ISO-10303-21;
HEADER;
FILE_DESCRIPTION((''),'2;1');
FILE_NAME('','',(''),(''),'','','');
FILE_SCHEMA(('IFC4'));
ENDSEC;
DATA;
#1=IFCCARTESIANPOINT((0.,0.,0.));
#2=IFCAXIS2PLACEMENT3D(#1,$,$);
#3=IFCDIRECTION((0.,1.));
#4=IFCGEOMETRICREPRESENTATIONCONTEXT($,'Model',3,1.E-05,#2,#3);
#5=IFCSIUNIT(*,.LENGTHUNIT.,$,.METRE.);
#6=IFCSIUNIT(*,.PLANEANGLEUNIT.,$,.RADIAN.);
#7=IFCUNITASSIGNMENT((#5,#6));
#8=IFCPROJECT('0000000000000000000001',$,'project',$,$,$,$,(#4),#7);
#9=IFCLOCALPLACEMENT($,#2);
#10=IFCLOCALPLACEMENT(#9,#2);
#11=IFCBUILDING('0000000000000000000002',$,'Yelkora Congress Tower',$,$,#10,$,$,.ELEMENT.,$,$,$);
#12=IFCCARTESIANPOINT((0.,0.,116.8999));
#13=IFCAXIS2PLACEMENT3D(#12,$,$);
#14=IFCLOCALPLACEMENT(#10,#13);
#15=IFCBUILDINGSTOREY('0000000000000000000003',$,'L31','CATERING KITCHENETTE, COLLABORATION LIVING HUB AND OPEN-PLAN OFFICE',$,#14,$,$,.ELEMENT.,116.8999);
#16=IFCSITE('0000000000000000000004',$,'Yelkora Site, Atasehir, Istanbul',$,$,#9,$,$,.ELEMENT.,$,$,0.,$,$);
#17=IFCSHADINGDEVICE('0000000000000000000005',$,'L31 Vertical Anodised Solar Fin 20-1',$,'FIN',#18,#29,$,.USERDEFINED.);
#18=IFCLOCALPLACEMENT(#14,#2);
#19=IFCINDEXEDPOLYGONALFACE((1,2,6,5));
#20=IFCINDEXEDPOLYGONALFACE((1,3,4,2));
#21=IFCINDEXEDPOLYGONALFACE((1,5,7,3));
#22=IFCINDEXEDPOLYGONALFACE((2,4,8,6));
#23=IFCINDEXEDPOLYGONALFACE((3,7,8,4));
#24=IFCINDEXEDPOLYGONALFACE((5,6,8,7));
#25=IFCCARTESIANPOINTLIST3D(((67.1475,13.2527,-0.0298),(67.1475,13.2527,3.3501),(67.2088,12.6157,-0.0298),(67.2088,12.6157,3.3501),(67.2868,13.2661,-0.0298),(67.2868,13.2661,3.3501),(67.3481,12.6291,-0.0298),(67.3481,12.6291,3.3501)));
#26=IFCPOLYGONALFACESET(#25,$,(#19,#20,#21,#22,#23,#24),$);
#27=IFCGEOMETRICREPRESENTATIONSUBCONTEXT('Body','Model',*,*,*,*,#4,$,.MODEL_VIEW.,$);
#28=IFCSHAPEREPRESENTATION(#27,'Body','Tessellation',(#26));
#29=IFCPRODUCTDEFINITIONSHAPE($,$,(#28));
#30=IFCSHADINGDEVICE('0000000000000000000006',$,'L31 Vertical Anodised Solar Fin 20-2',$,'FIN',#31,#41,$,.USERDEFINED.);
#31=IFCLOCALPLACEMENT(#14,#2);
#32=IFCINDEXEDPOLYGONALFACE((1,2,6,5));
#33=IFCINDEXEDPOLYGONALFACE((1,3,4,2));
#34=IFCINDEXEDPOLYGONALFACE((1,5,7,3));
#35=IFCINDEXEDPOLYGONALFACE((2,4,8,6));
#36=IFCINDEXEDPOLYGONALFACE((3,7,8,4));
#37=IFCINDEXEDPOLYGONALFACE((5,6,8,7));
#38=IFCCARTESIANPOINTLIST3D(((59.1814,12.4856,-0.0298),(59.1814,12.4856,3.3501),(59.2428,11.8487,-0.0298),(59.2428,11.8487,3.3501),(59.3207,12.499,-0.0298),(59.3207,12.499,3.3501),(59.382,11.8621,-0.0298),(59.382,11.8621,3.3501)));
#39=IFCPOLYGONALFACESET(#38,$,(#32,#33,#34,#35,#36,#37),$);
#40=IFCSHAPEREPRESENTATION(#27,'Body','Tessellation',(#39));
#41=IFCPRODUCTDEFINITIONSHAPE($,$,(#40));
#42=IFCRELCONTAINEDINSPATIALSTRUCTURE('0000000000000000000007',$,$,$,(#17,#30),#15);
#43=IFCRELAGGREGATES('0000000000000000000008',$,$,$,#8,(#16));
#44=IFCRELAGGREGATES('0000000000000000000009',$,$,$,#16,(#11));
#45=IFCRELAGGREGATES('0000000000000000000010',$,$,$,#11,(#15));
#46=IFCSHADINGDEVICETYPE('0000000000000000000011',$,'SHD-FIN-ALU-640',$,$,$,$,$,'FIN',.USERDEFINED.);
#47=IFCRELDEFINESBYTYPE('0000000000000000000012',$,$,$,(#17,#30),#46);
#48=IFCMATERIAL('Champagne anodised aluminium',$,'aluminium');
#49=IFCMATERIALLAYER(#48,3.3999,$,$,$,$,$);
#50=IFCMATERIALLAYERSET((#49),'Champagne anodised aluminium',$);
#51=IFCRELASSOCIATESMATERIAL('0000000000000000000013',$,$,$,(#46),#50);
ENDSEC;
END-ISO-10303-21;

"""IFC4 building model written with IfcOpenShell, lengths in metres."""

from ifc_helpers import new_model, si_unit, direction, frame, origin, origin_2d, place, context, subcontext, project, spatial, rectangle, extrude, material, layer, layer_set, type_object, element, save


model = new_model("IFC4")

# Units and contexts
model_context = context("Model", 3, precision=1e-05, world=origin(), true_north=direction((0.0, 1.0)))
body_context = subcontext(model_context, "Body", "Model", "MODEL_VIEW")
ifc_project = project(units=[si_unit("LENGTHUNIT", "METRE"), si_unit("PLANEANGLEUNIT", "RADIAN")], contexts=[model_context])

# Site, building, storey
site_placement = place(None, origin())
site = spatial("IfcSite", under=ifc_project, at=site_placement, Name="Yelkora Site, Atasehir, Istanbul", CompositionType="ELEMENT", RefElevation=0.0)
building_placement = place(site_placement, origin())
building = spatial("IfcBuilding", under=site, at=building_placement, Name="Yelkora Congress Tower", CompositionType="ELEMENT")
storey_placement = place(building_placement, frame((0.0, 0.0, 116.8999)))
storey = spatial("IfcBuildingStorey", under=building, at=storey_placement, Name="L31", Description="CATERING KITCHENETTE, COLLABORATION LIVING HUB AND OPEN-PLAN OFFICE", CompositionType="ELEMENT", Elevation=116.8999)

# Shading devices
ifc_material_1 = material(Name="Champagne anodised aluminium", Category="aluminium")
ifc_layer_1 = layer(ifc_material_1, 3.3999)
ifc_layer_set_1 = layer_set([ifc_layer_1], Name="Champagne anodised aluminium")
shading_device_type = type_object("IfcShadingDeviceType", Name="SHD-FIN-ALU-640", ElementType="FIN", PredefinedType="USERDEFINED", material=ifc_layer_set_1)
for number, where, z_axis, x_axis, name in (
    (1, (67.2478, 12.9409, -0.0298), (0.0, 0.0, 1.0), (-0.995396, -0.095846, 0.0), "L31 Vertical Anodised Solar Fin 20-1"),
    (2, (59.2817, 12.1738, -0.0298), (0.0, 0.0, 1.0), (-0.995396, -0.095846, 0.0), "L31 Vertical Anodised Solar Fin 20-2"),
):
    element("IfcShadingDevice", number, at=place(storey_placement, frame(where, z_axis=z_axis, x_axis=x_axis)), inside=storey, type_object=shading_device_type, Name=name, ObjectType="FIN", PredefinedType="USERDEFINED", context=body_context, shape_type="SweptSolid", body=[
        extrude(rectangle(XDim=0.1399, YDim=0.6399, at=origin_2d()), origin(), (0.0, 0.0, 1.0), 3.3799),
    ])

save(model, "model.ifc")
